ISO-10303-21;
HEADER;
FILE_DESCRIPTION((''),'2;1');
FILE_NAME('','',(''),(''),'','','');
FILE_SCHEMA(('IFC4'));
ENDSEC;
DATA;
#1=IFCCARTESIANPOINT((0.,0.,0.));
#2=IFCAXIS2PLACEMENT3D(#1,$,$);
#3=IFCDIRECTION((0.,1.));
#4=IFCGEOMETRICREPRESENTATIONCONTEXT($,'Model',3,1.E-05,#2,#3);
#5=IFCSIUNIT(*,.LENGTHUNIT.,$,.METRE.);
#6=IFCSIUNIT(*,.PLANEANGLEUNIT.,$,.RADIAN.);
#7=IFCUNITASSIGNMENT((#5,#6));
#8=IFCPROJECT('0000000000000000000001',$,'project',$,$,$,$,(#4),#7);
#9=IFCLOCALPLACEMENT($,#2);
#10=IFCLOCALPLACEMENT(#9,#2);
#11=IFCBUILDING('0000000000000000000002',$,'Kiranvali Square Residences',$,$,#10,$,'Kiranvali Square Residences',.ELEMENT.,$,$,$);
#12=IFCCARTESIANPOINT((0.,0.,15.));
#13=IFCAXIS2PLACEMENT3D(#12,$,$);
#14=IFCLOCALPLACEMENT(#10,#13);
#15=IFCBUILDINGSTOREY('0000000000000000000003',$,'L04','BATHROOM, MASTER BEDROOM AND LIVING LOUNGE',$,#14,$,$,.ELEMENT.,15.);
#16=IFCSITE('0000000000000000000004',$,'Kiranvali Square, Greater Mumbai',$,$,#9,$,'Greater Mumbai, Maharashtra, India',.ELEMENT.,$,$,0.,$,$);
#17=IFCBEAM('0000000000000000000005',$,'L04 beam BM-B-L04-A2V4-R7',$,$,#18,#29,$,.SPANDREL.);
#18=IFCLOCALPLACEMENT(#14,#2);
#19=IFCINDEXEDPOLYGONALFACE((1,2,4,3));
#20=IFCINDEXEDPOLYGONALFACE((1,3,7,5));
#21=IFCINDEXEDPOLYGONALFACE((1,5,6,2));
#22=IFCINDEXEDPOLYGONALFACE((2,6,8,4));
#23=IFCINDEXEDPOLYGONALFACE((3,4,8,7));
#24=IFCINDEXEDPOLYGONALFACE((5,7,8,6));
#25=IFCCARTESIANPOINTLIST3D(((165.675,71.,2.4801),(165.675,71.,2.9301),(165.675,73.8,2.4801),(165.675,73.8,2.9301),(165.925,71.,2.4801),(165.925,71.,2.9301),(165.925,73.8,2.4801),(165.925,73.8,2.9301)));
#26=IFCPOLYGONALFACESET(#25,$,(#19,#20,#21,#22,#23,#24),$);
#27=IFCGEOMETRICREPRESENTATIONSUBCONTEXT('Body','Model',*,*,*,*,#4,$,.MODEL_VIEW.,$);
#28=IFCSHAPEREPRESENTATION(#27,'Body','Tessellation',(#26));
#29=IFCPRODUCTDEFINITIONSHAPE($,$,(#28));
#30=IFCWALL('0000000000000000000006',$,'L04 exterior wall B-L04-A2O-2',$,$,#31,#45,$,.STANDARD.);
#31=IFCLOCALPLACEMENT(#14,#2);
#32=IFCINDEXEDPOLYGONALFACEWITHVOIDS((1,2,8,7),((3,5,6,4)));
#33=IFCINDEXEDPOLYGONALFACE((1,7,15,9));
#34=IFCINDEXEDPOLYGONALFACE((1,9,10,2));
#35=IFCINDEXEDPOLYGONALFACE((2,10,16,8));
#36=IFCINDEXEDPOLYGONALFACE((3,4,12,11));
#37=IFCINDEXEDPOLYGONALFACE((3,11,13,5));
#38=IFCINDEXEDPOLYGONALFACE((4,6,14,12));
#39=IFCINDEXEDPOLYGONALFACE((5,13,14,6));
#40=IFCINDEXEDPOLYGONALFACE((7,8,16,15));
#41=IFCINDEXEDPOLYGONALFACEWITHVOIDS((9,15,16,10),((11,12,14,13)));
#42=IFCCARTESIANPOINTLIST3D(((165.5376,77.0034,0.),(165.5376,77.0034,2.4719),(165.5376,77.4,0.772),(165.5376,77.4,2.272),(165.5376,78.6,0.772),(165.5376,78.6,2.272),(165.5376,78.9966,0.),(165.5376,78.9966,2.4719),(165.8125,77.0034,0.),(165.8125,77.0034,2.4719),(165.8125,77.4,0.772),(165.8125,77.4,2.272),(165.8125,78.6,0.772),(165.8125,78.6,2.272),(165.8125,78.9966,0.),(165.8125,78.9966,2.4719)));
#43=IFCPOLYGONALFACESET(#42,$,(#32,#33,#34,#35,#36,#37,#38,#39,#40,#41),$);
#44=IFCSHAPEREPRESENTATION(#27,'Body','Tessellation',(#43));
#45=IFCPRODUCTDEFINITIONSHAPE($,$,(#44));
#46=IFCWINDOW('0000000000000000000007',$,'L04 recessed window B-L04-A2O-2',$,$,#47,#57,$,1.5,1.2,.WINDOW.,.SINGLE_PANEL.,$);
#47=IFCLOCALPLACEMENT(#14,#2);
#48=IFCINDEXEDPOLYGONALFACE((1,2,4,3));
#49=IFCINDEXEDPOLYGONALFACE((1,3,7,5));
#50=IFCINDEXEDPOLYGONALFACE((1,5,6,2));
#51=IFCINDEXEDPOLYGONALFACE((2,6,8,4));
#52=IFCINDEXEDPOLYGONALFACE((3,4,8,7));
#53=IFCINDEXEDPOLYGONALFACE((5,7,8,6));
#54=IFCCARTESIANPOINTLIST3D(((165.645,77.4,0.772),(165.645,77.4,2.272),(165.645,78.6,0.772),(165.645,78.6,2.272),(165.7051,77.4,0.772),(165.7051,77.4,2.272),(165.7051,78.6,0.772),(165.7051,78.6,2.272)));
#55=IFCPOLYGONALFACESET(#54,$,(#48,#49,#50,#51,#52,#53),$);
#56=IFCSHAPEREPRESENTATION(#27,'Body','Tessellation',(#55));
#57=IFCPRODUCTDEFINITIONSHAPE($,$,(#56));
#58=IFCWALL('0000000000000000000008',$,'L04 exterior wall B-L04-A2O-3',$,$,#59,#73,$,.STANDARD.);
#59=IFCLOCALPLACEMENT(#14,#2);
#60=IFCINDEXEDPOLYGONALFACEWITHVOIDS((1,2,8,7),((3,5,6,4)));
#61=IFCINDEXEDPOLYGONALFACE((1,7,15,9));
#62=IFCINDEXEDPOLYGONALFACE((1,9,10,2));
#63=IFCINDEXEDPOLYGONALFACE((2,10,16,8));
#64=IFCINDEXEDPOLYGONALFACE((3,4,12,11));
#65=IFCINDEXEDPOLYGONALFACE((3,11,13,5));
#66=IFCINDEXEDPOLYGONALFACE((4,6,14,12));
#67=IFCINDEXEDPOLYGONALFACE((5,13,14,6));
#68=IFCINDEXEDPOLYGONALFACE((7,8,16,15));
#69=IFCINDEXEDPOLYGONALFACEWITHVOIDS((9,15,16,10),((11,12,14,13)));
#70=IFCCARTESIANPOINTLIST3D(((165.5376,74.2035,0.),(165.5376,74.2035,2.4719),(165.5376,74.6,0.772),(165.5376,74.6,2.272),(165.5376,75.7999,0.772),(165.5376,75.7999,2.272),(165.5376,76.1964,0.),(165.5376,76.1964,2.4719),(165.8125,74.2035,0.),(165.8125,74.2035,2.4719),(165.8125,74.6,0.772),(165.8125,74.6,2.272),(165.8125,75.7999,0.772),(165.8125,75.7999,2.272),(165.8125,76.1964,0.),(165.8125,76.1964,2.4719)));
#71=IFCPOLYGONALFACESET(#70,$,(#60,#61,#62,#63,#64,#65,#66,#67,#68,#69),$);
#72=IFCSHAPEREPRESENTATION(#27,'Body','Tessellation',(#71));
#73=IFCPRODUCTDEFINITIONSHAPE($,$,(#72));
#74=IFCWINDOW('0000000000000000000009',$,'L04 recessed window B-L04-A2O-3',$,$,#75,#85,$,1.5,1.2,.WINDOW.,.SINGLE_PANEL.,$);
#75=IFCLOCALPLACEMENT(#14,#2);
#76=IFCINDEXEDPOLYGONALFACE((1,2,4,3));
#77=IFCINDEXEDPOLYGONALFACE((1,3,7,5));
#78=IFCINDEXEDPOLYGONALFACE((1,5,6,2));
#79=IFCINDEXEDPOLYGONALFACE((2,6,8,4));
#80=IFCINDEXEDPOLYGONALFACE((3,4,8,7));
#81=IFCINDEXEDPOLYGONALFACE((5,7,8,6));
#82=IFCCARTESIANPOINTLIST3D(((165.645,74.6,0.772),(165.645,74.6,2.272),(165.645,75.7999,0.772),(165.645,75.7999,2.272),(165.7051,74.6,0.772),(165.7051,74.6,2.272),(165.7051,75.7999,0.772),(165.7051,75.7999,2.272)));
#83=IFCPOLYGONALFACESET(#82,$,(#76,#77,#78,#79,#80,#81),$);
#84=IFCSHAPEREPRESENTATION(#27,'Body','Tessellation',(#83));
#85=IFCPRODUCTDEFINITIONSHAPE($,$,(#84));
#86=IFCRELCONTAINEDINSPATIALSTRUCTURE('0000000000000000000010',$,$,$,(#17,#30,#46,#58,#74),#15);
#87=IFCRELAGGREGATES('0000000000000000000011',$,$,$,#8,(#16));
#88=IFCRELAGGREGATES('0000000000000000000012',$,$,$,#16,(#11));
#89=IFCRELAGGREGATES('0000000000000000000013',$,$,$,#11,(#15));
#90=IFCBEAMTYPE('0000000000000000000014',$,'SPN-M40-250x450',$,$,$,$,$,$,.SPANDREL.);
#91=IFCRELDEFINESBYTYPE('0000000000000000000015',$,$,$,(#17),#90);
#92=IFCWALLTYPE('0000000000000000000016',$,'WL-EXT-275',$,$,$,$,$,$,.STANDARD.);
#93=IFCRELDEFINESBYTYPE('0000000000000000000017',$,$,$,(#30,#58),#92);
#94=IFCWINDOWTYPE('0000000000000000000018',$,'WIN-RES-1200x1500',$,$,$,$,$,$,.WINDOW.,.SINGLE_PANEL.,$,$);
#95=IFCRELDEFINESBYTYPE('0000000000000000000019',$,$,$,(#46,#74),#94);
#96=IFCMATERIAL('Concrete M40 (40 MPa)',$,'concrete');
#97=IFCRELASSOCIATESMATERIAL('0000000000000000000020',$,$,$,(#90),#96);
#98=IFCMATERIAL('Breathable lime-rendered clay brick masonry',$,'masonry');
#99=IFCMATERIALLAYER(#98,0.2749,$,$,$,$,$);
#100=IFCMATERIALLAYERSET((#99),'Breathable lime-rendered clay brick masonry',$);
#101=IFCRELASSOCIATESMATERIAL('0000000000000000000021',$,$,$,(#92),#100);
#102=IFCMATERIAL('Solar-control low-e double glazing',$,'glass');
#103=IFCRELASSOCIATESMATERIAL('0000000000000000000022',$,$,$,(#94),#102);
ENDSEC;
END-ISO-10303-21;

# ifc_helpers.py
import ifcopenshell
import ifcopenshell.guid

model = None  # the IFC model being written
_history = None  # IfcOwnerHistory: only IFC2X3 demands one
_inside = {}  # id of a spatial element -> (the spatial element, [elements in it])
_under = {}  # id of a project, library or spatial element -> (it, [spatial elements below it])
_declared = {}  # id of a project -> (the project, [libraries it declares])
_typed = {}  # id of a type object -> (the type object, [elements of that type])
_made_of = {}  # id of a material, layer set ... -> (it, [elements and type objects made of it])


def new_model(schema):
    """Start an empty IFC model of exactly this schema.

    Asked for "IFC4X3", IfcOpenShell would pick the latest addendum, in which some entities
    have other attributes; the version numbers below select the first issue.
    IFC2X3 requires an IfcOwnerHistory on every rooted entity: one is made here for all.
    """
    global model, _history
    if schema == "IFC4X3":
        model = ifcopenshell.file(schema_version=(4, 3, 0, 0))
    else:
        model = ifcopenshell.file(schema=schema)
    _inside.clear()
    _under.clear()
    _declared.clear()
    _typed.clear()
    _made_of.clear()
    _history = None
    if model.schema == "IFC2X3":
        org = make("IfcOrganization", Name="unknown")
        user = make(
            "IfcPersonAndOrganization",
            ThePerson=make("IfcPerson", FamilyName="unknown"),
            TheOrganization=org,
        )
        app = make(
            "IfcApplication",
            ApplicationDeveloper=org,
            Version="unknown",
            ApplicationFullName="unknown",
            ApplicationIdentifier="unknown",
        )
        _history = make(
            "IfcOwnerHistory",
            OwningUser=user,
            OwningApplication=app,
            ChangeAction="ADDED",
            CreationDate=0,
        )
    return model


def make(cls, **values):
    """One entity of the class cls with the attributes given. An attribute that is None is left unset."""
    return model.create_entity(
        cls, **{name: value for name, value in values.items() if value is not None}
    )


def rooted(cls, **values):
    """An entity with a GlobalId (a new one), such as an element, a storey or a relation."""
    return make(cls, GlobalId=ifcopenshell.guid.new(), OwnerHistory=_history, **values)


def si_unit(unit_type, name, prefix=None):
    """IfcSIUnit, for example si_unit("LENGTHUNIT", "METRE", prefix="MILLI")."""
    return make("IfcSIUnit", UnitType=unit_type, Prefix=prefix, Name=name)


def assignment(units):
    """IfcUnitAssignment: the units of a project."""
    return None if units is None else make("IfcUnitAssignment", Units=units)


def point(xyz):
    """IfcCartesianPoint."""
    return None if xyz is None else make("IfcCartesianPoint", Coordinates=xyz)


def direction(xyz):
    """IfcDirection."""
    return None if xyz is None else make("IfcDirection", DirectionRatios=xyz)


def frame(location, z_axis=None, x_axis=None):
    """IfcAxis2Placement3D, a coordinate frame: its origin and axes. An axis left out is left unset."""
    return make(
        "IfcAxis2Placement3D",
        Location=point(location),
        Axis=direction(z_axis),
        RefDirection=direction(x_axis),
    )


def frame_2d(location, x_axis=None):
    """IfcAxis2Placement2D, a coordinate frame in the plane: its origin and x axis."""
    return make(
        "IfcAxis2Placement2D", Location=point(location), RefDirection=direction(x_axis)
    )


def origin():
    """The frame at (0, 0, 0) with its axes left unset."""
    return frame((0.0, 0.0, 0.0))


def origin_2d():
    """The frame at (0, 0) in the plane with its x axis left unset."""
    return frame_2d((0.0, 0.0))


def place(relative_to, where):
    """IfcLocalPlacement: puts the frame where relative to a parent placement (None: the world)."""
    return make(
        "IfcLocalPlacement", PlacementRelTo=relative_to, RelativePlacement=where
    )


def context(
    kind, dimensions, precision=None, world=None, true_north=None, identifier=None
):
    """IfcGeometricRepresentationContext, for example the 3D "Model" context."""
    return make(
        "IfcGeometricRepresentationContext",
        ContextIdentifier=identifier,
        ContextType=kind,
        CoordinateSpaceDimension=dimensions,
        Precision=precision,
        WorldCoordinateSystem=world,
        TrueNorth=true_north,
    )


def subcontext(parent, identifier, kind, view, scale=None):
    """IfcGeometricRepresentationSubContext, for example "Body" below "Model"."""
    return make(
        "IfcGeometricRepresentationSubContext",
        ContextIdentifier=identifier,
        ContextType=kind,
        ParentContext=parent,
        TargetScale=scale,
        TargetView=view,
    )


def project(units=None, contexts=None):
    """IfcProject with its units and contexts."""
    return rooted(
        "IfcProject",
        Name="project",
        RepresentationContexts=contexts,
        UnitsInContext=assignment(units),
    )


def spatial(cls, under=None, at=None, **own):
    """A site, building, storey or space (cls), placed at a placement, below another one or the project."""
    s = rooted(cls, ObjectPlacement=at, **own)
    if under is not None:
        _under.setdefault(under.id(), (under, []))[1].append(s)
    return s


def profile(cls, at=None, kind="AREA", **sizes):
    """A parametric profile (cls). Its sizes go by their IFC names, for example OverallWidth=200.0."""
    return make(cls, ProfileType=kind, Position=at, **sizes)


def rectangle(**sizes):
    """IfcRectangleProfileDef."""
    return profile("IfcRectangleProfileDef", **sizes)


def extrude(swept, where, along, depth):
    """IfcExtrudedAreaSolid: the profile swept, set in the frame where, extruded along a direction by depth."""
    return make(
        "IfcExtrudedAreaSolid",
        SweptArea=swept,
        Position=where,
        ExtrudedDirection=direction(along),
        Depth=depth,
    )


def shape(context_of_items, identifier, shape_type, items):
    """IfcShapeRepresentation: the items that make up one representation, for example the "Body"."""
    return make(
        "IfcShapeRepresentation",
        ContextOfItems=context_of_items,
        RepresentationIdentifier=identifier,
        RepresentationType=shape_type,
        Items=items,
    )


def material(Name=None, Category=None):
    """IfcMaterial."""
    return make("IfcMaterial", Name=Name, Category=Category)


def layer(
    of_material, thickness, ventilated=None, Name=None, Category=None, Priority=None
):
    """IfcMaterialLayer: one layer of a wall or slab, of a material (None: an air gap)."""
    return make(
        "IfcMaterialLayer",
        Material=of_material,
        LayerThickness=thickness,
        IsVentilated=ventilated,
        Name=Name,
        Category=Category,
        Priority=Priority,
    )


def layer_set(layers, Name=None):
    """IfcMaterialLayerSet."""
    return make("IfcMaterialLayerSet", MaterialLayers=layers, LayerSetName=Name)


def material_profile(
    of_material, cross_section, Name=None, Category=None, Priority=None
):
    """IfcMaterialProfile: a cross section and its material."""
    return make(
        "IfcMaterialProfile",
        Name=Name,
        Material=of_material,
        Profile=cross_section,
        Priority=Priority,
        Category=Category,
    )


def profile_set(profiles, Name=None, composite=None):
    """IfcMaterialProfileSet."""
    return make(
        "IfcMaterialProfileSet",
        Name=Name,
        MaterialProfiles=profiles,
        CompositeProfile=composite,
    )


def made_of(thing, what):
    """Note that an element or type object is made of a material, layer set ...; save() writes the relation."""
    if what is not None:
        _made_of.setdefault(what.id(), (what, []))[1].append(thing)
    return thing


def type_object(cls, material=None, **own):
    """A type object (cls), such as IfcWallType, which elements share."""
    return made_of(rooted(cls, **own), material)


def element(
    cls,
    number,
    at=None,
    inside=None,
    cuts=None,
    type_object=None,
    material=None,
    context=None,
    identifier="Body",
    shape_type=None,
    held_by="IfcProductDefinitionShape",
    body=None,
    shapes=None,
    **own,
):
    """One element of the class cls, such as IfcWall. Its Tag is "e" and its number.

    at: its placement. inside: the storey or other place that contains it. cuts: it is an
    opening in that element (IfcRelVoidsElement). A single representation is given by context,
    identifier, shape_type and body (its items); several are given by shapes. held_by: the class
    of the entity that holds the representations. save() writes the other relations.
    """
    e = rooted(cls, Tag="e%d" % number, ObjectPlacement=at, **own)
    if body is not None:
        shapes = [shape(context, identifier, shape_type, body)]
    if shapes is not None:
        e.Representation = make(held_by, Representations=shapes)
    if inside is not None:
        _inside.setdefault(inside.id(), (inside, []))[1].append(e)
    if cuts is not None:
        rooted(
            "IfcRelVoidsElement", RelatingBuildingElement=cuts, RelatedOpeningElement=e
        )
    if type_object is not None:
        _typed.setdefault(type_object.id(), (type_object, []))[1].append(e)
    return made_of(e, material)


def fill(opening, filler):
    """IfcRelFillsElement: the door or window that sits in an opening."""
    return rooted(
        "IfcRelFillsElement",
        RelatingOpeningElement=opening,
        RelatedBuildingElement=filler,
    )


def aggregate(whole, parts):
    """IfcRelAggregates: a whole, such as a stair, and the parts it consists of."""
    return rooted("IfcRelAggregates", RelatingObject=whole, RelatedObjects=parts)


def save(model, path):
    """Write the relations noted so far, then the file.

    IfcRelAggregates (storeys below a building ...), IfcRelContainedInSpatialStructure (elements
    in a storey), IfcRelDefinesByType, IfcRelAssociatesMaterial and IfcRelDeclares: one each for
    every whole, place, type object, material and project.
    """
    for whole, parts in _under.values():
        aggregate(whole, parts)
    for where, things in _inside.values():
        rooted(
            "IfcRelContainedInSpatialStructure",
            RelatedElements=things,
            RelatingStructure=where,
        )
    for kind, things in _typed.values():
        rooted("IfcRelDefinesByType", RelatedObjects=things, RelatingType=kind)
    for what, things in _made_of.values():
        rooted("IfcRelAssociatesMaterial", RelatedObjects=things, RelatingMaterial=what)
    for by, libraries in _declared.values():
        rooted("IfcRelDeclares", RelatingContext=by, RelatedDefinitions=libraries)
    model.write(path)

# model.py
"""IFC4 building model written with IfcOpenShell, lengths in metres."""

from ifc_helpers import new_model, si_unit, direction, frame, frame_2d, origin, origin_2d, place, context, subcontext, project, spatial, rectangle, extrude, material, layer, layer_set, material_profile, profile_set, type_object, element, fill, save


model = new_model("IFC4")

# Units and contexts
model_context = context("Model", 3, precision=1e-05, world=origin(), true_north=direction((0.0, 1.0)))
body_context = subcontext(model_context, "Body", "Model", "MODEL_VIEW")
ifc_project = project(units=[si_unit("LENGTHUNIT", "METRE"), si_unit("PLANEANGLEUNIT", "RADIAN")], contexts=[model_context])

# Site, building, storey
site_placement = place(None, origin())
site = spatial("IfcSite", under=ifc_project, at=site_placement, Name="Kiranvali Square, Greater Mumbai", LongName="Greater Mumbai, Maharashtra, India", CompositionType="ELEMENT", RefElevation=0.0)
building_placement = place(site_placement, origin())
building = spatial("IfcBuilding", under=site, at=building_placement, Name="Kiranvali Square Residences", LongName="Kiranvali Square Residences", CompositionType="ELEMENT")
storey_placement = place(building_placement, frame((0.0, 0.0, 15.0)))
storey = spatial("IfcBuildingStorey", under=building, at=storey_placement, Name="L04", Description="BATHROOM, MASTER BEDROOM AND LIVING LOUNGE", CompositionType="ELEMENT", Elevation=15.0)

# Beam
ifc_material_1 = material(Name="Concrete M40 (40 MPa)", Category="concrete")
ifc_material_profile_1 = material_profile(ifc_material_1, rectangle(XDim=0.25, YDim=0.45, at=origin_2d()), Name="RC 250x450")
ifc_profile_set_1 = profile_set([ifc_material_profile_1], Name="Concrete M40 (40 MPa)")
beam_type_1 = type_object("IfcBeamType", Name="SPN-M40-250x450", PredefinedType="SPANDREL", material=ifc_profile_set_1)
for number, where, z_axis, x_axis, name in (
    (1, (165.8, 73.8, 2.7051), (0.0, -1.0, 0.0), (1.0, 0.0, 0.0), "L04 beam BM-B-L04-A2V4-R7"),
):
    element("IfcBeam", number, at=place(storey_placement, frame(where, z_axis=z_axis, x_axis=x_axis)), inside=storey, type_object=beam_type_1, Name=name, PredefinedType="SPANDREL", context=body_context, shape_type="SweptSolid", body=[
        extrude(rectangle(XDim=0.25, YDim=0.45, at=origin_2d()), origin(), (0.0, 0.0, 1.0), 2.8),
    ])

# Walls, openings, windows
ifc_material_2 = material(Name="Breathable lime-rendered clay brick masonry", Category="masonry")
ifc_layer = layer(ifc_material_2, 0.2749)
ifc_layer_set = layer_set([ifc_layer], Name="Breathable lime-rendered clay brick masonry")
wall_type = type_object("IfcWallType", Name="WL-EXT-275", PredefinedType="STANDARD", material=ifc_layer_set)
wall_1_placement = place(storey_placement, frame((165.675, 78.9966, 0.0), z_axis=(0.0, 0.0, 1.0), x_axis=(0.0, -1.0, 0.0)))
wall_1 = element("IfcWall", 2, at=wall_1_placement, inside=storey, type_object=wall_type, Name="L04 exterior wall B-L04-A2O-2", PredefinedType="STANDARD", context=body_context, shape_type="SweptSolid", body=[
    extrude(rectangle(XDim=1.9932, YDim=0.2749, at=frame_2d((0.9966, 0.0))), origin(), (0.0, 0.0, 1.0), 2.4719),
])
opening_1_placement = place(wall_1_placement, frame((0.3965, 0.0, 0.772)))
opening_1 = element("IfcOpeningElement", 3, at=opening_1_placement, cuts=wall_1, PredefinedType="OPENING", context=body_context, shape_type="SweptSolid", body=[
    extrude(rectangle(XDim=1.2, YDim=1.5, at=frame_2d((0.6001, 0.75))), frame((0.0, 0.1475, 0.0), z_axis=(0.0, -1.0, 0.0), x_axis=(1.0, 0.0, 0.0)), (0.0, 0.0, 1.0), 0.2949),
])
ifc_material_3 = material(Name="Solar-control low-e double glazing", Category="glass")
window_type = type_object("IfcWindowType", Name="WIN-RES-1200x1500", PartitioningType="SINGLE_PANEL", PredefinedType="WINDOW", material=ifc_material_3)
window_1_placement = place(opening_1_placement, origin())
window_1 = element("IfcWindow", 4, at=window_1_placement, inside=storey, type_object=window_type, Name="L04 recessed window B-L04-A2O-2", OverallHeight=1.5, OverallWidth=1.2, PartitioningType="SINGLE_PANEL", PredefinedType="WINDOW", context=body_context, shape_type="SweptSolid", body=[
    extrude(rectangle(XDim=1.2, YDim=1.5, at=frame_2d((0.6001, 0.75))), frame((0.0, 0.03, 0.0), z_axis=(0.0, -1.0, 0.0), x_axis=(1.0, 0.0, 0.0)), (0.0, 0.0, 1.0), 0.0601),
])
fill(opening_1, window_1)
wall_2_placement = place(storey_placement, frame((165.675, 76.1965, 0.0), z_axis=(0.0, 0.0, 1.0), x_axis=(0.0, -1.0, 0.0)))
wall_2 = element("IfcWall", 5, at=wall_2_placement, inside=storey, type_object=wall_type, Name="L04 exterior wall B-L04-A2O-3", PredefinedType="STANDARD", context=body_context, shape_type="SweptSolid", body=[
    extrude(rectangle(XDim=1.9929, YDim=0.2749, at=frame_2d((0.9966, 0.0))), origin(), (0.0, 0.0, 1.0), 2.4719),
])
opening_2_placement = place(wall_2_placement, frame((0.3965, 0.0, 0.772)))
opening_2 = element("IfcOpeningElement", 6, at=opening_2_placement, cuts=wall_2, PredefinedType="OPENING", context=body_context, shape_type="SweptSolid", body=[
    extrude(rectangle(XDim=1.2, YDim=1.5, at=frame_2d((0.6001, 0.75))), frame((0.0, 0.1475, 0.0), z_axis=(0.0, -1.0, 0.0), x_axis=(1.0, 0.0, 0.0)), (0.0, 0.0, 1.0), 0.2949),
])
window_2_placement = place(opening_2_placement, origin())
window_2 = element("IfcWindow", 7, at=window_2_placement, inside=storey, type_object=window_type, Name="L04 recessed window B-L04-A2O-3", OverallHeight=1.5, OverallWidth=1.2, PartitioningType="SINGLE_PANEL", PredefinedType="WINDOW", context=body_context, shape_type="SweptSolid", body=[
    extrude(rectangle(XDim=1.2, YDim=1.5, at=frame_2d((0.6001, 0.75))), frame((0.0, 0.03, 0.0), z_axis=(0.0, -1.0, 0.0), x_axis=(1.0, 0.0, 0.0)), (0.0, 0.0, 1.0), 0.0601),
])
fill(opening_2, window_2)

save(model, "model.ifc")
